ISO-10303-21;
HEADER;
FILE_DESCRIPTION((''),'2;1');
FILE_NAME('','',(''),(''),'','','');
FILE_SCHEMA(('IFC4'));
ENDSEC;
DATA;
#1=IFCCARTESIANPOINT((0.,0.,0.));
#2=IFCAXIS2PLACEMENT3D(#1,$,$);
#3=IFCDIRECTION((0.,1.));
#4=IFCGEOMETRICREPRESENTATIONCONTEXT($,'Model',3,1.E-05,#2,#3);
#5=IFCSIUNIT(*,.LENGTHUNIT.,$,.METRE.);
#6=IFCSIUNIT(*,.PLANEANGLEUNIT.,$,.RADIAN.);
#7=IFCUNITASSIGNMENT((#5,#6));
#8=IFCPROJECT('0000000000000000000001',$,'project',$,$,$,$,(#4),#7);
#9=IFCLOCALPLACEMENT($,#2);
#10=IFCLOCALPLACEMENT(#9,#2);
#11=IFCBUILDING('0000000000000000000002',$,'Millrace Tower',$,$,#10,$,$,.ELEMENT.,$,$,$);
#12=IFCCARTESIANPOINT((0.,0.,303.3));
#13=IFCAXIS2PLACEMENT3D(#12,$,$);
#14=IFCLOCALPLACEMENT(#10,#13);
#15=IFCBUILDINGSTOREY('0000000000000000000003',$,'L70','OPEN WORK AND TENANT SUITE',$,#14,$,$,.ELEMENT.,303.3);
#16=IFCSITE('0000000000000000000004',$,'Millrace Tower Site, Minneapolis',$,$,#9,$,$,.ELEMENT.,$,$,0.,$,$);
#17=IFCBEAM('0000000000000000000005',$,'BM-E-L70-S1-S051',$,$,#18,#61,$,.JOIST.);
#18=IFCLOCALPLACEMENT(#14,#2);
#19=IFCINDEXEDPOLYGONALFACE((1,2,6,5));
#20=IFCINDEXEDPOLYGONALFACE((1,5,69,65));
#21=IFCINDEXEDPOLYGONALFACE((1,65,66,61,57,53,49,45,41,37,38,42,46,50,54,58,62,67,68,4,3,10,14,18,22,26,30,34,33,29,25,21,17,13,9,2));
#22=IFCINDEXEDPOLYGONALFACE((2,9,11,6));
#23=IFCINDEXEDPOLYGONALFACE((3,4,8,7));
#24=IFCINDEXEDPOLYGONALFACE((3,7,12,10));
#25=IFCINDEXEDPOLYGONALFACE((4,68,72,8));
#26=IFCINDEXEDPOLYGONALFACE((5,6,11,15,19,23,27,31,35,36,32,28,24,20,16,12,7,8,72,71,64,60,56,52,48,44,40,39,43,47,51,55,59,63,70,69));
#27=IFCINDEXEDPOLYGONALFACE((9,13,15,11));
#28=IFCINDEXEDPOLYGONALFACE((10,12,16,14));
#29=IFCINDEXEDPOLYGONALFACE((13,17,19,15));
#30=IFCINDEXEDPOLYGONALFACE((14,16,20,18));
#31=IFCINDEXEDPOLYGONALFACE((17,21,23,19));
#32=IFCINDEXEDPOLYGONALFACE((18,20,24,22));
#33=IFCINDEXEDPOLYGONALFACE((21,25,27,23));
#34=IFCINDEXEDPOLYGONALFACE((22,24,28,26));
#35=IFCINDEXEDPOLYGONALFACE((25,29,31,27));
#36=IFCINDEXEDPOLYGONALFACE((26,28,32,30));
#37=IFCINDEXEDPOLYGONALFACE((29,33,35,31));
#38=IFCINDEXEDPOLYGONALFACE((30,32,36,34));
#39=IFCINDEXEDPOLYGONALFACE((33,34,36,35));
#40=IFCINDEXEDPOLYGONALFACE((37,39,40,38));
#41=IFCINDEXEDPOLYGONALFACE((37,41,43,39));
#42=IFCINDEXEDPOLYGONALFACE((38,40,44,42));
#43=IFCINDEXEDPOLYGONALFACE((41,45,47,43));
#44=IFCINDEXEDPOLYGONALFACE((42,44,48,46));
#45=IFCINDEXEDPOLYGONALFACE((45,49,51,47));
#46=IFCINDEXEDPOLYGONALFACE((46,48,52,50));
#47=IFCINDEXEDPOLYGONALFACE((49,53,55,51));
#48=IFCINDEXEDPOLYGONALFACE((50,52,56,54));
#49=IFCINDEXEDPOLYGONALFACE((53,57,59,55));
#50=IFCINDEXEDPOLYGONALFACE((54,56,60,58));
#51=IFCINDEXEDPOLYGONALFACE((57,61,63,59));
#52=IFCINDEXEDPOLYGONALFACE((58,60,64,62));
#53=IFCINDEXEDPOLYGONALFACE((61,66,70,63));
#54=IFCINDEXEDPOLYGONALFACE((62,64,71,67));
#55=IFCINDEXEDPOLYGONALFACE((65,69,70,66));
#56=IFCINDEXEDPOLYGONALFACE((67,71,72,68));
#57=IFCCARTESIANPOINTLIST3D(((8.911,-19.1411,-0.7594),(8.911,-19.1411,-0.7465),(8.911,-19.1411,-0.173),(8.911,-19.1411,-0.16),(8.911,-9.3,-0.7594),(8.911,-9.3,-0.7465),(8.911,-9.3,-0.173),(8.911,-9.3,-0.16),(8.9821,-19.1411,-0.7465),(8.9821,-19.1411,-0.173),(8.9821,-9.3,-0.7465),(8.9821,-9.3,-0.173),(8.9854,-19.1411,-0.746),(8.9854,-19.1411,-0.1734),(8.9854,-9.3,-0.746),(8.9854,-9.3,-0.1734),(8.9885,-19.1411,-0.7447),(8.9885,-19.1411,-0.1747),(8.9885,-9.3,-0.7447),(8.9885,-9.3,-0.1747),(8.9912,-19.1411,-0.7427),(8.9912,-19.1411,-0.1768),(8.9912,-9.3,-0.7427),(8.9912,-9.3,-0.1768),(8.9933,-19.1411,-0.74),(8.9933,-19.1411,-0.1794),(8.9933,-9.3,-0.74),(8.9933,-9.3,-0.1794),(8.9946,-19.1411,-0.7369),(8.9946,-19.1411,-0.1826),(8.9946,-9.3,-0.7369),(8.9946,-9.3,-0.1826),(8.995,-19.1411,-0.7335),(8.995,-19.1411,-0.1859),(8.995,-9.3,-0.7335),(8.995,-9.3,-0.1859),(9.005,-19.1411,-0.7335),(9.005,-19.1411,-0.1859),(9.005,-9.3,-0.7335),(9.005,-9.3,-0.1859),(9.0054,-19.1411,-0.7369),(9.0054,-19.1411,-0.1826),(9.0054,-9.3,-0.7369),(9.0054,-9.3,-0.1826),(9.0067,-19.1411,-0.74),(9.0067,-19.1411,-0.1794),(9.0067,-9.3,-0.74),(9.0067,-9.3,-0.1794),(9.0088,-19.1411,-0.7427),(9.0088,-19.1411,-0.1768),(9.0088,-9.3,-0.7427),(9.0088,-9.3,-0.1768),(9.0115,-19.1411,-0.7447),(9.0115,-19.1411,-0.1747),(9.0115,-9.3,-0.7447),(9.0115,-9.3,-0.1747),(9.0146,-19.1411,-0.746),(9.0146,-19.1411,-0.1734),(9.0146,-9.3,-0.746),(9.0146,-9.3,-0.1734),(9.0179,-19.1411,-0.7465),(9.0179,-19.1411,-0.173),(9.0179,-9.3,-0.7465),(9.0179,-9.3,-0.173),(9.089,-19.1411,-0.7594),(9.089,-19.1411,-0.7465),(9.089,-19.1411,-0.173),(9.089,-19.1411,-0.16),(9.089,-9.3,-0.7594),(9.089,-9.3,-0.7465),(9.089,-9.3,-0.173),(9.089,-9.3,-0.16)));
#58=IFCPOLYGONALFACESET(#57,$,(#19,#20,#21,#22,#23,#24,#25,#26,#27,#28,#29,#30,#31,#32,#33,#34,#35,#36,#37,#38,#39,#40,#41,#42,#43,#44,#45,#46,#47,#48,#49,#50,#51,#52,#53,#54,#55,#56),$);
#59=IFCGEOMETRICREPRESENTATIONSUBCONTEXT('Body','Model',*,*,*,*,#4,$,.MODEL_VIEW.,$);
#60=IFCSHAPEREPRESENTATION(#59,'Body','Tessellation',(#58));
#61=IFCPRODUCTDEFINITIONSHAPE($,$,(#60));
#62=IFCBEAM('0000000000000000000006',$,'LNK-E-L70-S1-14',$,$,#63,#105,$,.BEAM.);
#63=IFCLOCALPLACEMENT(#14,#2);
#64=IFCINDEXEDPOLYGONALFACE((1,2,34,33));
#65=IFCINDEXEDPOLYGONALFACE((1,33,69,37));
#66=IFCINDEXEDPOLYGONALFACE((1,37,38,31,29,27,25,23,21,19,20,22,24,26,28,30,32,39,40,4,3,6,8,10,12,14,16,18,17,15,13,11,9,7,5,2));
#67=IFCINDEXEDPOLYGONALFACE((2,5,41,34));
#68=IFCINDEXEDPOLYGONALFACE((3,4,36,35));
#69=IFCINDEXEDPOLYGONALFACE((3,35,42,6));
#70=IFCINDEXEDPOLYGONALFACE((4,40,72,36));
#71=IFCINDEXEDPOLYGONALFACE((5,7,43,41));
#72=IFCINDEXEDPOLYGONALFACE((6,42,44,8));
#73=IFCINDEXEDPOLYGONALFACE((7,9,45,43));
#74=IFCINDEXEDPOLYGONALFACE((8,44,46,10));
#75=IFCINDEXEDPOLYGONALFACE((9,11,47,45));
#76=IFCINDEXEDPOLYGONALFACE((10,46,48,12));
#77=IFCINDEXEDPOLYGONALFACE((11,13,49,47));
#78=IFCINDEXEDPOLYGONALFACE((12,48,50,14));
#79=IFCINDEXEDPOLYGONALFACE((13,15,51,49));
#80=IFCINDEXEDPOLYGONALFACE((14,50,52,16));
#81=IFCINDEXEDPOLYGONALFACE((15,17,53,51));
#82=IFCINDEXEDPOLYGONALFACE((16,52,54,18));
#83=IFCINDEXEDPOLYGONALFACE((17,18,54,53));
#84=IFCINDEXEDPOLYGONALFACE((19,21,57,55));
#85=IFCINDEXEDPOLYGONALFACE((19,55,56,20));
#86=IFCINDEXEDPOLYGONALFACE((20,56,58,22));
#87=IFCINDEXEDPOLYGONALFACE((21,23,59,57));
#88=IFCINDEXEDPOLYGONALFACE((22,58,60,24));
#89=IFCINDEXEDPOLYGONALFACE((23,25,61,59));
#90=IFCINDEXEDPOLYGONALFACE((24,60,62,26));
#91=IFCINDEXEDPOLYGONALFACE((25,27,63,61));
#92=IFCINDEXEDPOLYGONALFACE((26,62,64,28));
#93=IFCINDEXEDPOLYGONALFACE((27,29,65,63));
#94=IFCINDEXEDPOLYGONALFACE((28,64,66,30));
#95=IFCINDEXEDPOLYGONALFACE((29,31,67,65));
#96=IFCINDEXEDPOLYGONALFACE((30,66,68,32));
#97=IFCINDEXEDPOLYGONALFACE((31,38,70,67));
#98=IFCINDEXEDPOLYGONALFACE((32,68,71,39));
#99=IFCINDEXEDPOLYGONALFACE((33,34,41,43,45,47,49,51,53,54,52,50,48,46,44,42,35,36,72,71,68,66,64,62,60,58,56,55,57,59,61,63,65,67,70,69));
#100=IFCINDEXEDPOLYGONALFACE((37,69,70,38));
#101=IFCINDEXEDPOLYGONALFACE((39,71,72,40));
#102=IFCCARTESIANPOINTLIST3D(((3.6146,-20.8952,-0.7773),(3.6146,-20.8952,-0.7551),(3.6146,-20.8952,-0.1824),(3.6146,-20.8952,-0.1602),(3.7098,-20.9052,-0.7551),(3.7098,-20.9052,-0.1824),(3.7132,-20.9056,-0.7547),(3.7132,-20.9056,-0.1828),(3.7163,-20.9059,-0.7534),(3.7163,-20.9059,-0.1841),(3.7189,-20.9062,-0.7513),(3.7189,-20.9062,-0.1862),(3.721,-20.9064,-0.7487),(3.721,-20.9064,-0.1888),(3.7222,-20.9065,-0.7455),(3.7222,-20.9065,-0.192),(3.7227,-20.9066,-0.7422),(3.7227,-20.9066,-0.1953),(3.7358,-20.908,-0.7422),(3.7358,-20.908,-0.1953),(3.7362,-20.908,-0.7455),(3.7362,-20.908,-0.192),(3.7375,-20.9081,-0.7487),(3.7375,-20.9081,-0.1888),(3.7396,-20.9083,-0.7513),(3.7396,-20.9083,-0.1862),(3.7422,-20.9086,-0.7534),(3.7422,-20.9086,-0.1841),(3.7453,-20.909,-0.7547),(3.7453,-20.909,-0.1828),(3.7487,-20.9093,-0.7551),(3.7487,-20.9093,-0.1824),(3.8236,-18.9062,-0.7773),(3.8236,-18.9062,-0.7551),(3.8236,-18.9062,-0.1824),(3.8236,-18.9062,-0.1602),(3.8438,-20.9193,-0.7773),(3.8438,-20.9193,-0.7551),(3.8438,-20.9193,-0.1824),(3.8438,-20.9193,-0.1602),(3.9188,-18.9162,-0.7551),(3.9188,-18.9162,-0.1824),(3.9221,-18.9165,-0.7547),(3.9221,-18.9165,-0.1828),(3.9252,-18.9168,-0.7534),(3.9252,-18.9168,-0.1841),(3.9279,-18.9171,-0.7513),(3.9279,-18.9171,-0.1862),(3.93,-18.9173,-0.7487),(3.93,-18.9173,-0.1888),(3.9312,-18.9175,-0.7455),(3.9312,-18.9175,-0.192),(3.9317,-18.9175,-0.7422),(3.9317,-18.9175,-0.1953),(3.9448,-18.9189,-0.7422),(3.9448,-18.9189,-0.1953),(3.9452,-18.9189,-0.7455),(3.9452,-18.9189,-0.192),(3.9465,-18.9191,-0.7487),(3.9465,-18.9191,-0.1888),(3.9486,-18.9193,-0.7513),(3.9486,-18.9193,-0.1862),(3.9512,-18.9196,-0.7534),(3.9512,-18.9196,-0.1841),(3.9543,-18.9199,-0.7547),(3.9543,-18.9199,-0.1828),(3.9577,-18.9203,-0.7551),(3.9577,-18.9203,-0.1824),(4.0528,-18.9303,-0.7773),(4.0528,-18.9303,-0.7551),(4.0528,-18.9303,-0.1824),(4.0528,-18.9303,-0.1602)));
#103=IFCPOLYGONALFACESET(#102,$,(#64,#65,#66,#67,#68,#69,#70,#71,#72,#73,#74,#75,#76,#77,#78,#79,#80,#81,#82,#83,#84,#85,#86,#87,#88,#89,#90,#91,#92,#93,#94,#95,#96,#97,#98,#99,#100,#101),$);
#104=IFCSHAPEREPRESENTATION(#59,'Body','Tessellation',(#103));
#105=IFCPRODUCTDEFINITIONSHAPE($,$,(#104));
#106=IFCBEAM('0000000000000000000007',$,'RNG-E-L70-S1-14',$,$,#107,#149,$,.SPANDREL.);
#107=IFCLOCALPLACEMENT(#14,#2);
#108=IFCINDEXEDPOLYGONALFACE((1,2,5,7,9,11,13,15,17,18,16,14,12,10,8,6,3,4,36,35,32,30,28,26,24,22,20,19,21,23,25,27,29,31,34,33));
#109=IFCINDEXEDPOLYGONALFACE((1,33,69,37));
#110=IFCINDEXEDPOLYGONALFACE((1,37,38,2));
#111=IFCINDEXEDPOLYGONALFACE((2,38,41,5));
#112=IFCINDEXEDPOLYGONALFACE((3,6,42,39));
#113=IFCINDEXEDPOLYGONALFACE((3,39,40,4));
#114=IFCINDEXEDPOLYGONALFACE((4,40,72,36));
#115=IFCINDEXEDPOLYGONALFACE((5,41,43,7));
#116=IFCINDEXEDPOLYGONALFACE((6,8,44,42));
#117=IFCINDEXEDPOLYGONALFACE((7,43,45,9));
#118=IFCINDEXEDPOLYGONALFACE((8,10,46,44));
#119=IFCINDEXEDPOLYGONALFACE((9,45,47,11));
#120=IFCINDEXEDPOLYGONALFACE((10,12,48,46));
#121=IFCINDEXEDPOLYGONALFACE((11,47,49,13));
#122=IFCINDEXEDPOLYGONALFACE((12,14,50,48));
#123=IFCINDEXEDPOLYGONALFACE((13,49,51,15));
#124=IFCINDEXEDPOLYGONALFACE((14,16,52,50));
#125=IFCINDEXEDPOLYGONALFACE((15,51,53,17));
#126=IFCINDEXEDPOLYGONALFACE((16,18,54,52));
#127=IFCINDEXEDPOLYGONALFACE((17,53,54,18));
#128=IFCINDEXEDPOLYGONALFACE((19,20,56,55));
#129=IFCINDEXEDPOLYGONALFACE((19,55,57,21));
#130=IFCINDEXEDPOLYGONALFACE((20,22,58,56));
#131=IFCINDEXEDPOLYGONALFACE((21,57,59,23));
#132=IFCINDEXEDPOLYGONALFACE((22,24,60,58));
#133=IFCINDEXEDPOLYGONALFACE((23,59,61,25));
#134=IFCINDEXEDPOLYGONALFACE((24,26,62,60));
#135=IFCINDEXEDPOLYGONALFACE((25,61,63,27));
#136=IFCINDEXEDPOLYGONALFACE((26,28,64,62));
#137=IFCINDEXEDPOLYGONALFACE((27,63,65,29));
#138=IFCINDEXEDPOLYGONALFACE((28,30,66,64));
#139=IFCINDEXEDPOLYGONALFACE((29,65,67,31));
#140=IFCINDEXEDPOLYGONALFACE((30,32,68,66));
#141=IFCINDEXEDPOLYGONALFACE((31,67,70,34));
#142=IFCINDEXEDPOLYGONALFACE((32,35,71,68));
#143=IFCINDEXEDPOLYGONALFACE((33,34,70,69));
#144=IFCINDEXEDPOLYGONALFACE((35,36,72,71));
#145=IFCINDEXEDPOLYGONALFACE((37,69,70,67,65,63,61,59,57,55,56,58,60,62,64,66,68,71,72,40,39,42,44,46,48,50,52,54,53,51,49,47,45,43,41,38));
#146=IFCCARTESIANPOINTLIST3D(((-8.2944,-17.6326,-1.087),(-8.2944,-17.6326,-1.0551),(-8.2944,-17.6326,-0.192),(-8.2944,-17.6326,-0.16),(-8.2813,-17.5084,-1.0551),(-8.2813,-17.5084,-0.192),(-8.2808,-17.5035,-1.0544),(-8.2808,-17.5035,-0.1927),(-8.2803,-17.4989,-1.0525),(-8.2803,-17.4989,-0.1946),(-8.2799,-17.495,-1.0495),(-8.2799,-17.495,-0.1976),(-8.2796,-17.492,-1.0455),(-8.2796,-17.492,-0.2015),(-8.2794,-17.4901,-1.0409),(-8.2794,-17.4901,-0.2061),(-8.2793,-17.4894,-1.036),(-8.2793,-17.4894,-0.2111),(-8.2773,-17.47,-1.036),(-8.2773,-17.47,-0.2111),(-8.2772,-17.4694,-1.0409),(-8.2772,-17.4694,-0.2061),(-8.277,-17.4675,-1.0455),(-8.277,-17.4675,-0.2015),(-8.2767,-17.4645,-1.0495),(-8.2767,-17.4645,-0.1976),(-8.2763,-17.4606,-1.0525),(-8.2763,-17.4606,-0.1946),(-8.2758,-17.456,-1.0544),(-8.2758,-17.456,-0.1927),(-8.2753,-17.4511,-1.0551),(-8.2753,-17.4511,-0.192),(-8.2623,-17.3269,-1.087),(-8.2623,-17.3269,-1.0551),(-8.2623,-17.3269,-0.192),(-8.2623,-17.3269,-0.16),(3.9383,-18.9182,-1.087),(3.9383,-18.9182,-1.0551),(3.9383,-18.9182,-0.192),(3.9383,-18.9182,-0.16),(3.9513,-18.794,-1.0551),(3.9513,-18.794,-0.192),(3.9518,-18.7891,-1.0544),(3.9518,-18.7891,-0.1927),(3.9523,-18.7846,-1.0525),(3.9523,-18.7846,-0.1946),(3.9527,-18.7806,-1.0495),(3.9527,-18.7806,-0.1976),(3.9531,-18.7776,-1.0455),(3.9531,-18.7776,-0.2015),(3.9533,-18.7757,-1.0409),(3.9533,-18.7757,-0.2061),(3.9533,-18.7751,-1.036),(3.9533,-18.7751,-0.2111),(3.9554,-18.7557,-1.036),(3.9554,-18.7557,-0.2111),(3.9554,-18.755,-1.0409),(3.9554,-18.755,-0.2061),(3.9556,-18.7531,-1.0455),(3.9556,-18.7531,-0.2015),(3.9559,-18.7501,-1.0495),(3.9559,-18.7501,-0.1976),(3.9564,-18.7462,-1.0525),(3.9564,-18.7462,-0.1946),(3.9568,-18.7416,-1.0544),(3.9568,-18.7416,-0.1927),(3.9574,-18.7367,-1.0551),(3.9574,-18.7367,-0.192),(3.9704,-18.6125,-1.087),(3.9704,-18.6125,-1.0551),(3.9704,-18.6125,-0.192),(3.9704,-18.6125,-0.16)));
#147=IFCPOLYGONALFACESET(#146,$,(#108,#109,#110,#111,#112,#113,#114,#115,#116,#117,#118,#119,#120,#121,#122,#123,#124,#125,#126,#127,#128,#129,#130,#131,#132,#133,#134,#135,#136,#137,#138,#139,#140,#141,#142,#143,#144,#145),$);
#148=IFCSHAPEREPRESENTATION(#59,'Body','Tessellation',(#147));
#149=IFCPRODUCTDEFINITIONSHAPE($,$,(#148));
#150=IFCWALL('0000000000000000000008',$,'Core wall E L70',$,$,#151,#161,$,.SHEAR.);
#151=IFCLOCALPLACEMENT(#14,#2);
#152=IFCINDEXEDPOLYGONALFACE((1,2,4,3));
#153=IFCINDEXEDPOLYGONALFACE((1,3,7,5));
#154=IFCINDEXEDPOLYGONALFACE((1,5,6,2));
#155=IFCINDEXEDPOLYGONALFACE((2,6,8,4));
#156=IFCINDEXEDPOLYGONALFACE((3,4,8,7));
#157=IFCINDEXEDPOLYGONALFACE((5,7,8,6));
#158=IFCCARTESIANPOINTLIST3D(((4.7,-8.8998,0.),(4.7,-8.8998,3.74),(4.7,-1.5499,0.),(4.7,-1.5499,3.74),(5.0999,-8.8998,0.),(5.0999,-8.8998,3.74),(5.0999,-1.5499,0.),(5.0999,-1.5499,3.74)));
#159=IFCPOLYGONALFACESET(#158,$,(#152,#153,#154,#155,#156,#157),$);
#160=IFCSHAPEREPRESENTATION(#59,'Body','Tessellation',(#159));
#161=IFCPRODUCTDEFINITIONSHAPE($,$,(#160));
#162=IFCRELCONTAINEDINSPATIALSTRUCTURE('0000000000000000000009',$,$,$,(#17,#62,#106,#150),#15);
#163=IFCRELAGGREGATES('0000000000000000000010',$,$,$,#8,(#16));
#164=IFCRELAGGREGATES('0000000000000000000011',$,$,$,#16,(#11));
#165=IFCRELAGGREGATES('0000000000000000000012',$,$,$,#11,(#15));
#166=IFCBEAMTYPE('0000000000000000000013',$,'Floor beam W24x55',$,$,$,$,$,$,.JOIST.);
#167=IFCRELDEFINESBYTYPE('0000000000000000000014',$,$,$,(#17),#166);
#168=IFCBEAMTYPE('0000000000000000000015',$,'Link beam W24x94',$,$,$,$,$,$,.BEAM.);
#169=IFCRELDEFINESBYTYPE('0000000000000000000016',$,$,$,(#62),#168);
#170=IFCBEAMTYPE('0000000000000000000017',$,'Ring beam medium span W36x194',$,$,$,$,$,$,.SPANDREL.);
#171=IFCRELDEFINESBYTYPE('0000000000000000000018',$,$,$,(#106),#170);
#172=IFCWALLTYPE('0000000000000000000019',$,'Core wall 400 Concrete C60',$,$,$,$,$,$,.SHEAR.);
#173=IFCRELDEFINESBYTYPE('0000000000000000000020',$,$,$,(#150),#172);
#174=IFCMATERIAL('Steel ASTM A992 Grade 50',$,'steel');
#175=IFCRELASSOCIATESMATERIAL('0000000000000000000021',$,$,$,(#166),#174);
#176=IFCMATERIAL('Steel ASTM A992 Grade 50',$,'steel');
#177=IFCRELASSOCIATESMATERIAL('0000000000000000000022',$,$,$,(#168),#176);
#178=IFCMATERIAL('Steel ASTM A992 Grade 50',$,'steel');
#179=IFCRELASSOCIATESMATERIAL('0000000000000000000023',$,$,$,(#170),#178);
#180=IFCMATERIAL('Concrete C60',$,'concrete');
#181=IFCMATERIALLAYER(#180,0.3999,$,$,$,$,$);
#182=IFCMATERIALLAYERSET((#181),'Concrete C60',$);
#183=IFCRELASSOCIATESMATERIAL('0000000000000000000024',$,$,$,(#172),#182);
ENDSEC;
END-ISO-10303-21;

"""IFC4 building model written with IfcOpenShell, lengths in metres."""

from ifc_helpers import new_model, si_unit, direction, frame, frame_2d, origin, origin_2d, place, context, subcontext, project, spatial, rectangle, i_section, extrude, material, layer, layer_set, material_profile, profile_set, type_object, element, save


model = new_model("IFC4")

# Units and contexts
model_context = context("Model", 3, precision=1e-05, world=origin(), true_north=direction((0.0, 1.0)))
body_context = subcontext(model_context, "Body", "Model", "MODEL_VIEW")
ifc_project = project(units=[si_unit("LENGTHUNIT", "METRE"), si_unit("PLANEANGLEUNIT", "RADIAN")], contexts=[model_context])

# Site, building, storey
site_placement = place(None, origin())
site = spatial("IfcSite", under=ifc_project, at=site_placement, Name="Millrace Tower Site, Minneapolis", CompositionType="ELEMENT", RefElevation=0.0)
building_placement = place(site_placement, origin())
building = spatial("IfcBuilding", under=site, at=building_placement, Name="Millrace Tower", CompositionType="ELEMENT")
storey_placement = place(building_placement, frame((0.0, 0.0, 303.3)))
storey = spatial("IfcBuildingStorey", under=building, at=storey_placement, Name="L70", Description="OPEN WORK AND TENANT SUITE", CompositionType="ELEMENT", Elevation=303.3)

# Beams
ifc_material_1 = material(Name="Steel ASTM A992 Grade 50", Category="steel")
ifc_material_profile_1 = material_profile(ifc_material_1, i_section(OverallWidth=0.178, OverallDepth=0.5994, WebThickness=0.01, FlangeThickness=0.0129, FilletRadius=0.0129, at=origin_2d()))
ifc_profile_set_1 = profile_set([ifc_material_profile_1], Name="Steel ASTM A992 Grade 50")
beam_type_1 = type_object("IfcBeamType", Name="Floor beam W24x55", PredefinedType="JOIST", material=ifc_profile_set_1)
beam_1_placement = place(storey_placement, frame((9.0, -19.1411, -0.4597), z_axis=(0.0, 1.0, 0.0), x_axis=(-1.0, 0.0, 0.0)))
element("IfcBeam", 1, at=beam_1_placement, inside=storey, type_object=beam_type_1, Name="BM-E-L70-S1-S051", PredefinedType="JOIST", context=body_context, shape_type="SweptSolid", body=[
    extrude(i_section(OverallWidth=0.178, OverallDepth=0.5994, WebThickness=0.01, FlangeThickness=0.0129, FilletRadius=0.0129, at=origin_2d()), origin(), (0.0, 0.0, 1.0), 9.8411),
])
ifc_material_2 = material(Name="Steel ASTM A992 Grade 50", Category="steel")
ifc_material_profile_2 = material_profile(ifc_material_2, i_section(OverallWidth=0.2305, OverallDepth=0.6172, WebThickness=0.0132, FlangeThickness=0.0222, FilletRadius=0.0129, at=origin_2d()))
ifc_profile_set_2 = profile_set([ifc_material_profile_2], Name="Steel ASTM A992 Grade 50")
beam_type_2 = type_object("IfcBeamType", Name="Link beam W24x94", PredefinedType="BEAM", material=ifc_profile_set_2)
beam_2_placement = place(storey_placement, frame((3.9382, -18.9182, -0.4688), z_axis=(-0.104494, -0.994526, 0.0), x_axis=(0.994526, -0.104494, 0.0)))
element("IfcBeam", 2, at=beam_2_placement, inside=storey, type_object=beam_type_2, Name="LNK-E-L70-S1-14", PredefinedType="BEAM", context=body_context, shape_type="SweptSolid", body=[
    extrude(i_section(OverallWidth=0.2305, OverallDepth=0.6172, WebThickness=0.0132, FlangeThickness=0.0222, FilletRadius=0.0129, at=origin_2d()), origin(), (0.0, 0.0, 1.0), 2.0),
])
ifc_material_3 = material(Name="Steel ASTM A992 Grade 50", Category="steel")
ifc_material_profile_3 = material_profile(ifc_material_3, i_section(OverallWidth=0.3074, OverallDepth=0.927, WebThickness=0.0195, FlangeThickness=0.032, FilletRadius=0.019, at=origin_2d()))
ifc_profile_set_3 = profile_set([ifc_material_profile_3], Name="Steel ASTM A992 Grade 50")
beam_type_3 = type_object("IfcBeamType", Name="Ring beam medium span W36x194", PredefinedType="SPANDREL", material=ifc_profile_set_3)
beam_3_placement = place(storey_placement, frame((3.9543, -18.7654, -0.6235), z_axis=(-0.994522, 0.104524, 0.0), x_axis=(-0.104524, -0.994522, 0.0)))
element("IfcBeam", 3, at=beam_3_placement, inside=storey, type_object=beam_type_3, Name="RNG-E-L70-S1-14", PredefinedType="SPANDREL", context=body_context, shape_type="SweptSolid", body=[
    extrude(i_section(OverallWidth=0.3074, OverallDepth=0.927, WebThickness=0.0195, FlangeThickness=0.032, FilletRadius=0.019, at=origin_2d()), origin(), (0.0, 0.0, 1.0), 12.3),
])

# Wall
ifc_material_4 = material(Name="Concrete C60", Category="concrete")
ifc_layer_1 = layer(ifc_material_4, 0.3999)
ifc_layer_set_1 = layer_set([ifc_layer_1], Name="Concrete C60")
wall_type_1 = type_object("IfcWallType", Name="Core wall 400 Concrete C60", PredefinedType="SHEAR", material=ifc_layer_set_1)
wall_1_placement = place(storey_placement, frame((4.8999, -1.55, 0.0), z_axis=(0.0, 0.0, 1.0), x_axis=(0.0, -1.0, 0.0)))
element("IfcWall", 4, at=wall_1_placement, inside=storey, type_object=wall_type_1, Name="Core wall E L70", PredefinedType="SHEAR", context=body_context, shape_type="SweptSolid", body=[
    extrude(rectangle(XDim=7.3499, YDim=0.3999, at=frame_2d((3.6748, 0.0))), origin(), (0.0, 0.0, 1.0), 3.74),
])

save(model, "model.ifc")
